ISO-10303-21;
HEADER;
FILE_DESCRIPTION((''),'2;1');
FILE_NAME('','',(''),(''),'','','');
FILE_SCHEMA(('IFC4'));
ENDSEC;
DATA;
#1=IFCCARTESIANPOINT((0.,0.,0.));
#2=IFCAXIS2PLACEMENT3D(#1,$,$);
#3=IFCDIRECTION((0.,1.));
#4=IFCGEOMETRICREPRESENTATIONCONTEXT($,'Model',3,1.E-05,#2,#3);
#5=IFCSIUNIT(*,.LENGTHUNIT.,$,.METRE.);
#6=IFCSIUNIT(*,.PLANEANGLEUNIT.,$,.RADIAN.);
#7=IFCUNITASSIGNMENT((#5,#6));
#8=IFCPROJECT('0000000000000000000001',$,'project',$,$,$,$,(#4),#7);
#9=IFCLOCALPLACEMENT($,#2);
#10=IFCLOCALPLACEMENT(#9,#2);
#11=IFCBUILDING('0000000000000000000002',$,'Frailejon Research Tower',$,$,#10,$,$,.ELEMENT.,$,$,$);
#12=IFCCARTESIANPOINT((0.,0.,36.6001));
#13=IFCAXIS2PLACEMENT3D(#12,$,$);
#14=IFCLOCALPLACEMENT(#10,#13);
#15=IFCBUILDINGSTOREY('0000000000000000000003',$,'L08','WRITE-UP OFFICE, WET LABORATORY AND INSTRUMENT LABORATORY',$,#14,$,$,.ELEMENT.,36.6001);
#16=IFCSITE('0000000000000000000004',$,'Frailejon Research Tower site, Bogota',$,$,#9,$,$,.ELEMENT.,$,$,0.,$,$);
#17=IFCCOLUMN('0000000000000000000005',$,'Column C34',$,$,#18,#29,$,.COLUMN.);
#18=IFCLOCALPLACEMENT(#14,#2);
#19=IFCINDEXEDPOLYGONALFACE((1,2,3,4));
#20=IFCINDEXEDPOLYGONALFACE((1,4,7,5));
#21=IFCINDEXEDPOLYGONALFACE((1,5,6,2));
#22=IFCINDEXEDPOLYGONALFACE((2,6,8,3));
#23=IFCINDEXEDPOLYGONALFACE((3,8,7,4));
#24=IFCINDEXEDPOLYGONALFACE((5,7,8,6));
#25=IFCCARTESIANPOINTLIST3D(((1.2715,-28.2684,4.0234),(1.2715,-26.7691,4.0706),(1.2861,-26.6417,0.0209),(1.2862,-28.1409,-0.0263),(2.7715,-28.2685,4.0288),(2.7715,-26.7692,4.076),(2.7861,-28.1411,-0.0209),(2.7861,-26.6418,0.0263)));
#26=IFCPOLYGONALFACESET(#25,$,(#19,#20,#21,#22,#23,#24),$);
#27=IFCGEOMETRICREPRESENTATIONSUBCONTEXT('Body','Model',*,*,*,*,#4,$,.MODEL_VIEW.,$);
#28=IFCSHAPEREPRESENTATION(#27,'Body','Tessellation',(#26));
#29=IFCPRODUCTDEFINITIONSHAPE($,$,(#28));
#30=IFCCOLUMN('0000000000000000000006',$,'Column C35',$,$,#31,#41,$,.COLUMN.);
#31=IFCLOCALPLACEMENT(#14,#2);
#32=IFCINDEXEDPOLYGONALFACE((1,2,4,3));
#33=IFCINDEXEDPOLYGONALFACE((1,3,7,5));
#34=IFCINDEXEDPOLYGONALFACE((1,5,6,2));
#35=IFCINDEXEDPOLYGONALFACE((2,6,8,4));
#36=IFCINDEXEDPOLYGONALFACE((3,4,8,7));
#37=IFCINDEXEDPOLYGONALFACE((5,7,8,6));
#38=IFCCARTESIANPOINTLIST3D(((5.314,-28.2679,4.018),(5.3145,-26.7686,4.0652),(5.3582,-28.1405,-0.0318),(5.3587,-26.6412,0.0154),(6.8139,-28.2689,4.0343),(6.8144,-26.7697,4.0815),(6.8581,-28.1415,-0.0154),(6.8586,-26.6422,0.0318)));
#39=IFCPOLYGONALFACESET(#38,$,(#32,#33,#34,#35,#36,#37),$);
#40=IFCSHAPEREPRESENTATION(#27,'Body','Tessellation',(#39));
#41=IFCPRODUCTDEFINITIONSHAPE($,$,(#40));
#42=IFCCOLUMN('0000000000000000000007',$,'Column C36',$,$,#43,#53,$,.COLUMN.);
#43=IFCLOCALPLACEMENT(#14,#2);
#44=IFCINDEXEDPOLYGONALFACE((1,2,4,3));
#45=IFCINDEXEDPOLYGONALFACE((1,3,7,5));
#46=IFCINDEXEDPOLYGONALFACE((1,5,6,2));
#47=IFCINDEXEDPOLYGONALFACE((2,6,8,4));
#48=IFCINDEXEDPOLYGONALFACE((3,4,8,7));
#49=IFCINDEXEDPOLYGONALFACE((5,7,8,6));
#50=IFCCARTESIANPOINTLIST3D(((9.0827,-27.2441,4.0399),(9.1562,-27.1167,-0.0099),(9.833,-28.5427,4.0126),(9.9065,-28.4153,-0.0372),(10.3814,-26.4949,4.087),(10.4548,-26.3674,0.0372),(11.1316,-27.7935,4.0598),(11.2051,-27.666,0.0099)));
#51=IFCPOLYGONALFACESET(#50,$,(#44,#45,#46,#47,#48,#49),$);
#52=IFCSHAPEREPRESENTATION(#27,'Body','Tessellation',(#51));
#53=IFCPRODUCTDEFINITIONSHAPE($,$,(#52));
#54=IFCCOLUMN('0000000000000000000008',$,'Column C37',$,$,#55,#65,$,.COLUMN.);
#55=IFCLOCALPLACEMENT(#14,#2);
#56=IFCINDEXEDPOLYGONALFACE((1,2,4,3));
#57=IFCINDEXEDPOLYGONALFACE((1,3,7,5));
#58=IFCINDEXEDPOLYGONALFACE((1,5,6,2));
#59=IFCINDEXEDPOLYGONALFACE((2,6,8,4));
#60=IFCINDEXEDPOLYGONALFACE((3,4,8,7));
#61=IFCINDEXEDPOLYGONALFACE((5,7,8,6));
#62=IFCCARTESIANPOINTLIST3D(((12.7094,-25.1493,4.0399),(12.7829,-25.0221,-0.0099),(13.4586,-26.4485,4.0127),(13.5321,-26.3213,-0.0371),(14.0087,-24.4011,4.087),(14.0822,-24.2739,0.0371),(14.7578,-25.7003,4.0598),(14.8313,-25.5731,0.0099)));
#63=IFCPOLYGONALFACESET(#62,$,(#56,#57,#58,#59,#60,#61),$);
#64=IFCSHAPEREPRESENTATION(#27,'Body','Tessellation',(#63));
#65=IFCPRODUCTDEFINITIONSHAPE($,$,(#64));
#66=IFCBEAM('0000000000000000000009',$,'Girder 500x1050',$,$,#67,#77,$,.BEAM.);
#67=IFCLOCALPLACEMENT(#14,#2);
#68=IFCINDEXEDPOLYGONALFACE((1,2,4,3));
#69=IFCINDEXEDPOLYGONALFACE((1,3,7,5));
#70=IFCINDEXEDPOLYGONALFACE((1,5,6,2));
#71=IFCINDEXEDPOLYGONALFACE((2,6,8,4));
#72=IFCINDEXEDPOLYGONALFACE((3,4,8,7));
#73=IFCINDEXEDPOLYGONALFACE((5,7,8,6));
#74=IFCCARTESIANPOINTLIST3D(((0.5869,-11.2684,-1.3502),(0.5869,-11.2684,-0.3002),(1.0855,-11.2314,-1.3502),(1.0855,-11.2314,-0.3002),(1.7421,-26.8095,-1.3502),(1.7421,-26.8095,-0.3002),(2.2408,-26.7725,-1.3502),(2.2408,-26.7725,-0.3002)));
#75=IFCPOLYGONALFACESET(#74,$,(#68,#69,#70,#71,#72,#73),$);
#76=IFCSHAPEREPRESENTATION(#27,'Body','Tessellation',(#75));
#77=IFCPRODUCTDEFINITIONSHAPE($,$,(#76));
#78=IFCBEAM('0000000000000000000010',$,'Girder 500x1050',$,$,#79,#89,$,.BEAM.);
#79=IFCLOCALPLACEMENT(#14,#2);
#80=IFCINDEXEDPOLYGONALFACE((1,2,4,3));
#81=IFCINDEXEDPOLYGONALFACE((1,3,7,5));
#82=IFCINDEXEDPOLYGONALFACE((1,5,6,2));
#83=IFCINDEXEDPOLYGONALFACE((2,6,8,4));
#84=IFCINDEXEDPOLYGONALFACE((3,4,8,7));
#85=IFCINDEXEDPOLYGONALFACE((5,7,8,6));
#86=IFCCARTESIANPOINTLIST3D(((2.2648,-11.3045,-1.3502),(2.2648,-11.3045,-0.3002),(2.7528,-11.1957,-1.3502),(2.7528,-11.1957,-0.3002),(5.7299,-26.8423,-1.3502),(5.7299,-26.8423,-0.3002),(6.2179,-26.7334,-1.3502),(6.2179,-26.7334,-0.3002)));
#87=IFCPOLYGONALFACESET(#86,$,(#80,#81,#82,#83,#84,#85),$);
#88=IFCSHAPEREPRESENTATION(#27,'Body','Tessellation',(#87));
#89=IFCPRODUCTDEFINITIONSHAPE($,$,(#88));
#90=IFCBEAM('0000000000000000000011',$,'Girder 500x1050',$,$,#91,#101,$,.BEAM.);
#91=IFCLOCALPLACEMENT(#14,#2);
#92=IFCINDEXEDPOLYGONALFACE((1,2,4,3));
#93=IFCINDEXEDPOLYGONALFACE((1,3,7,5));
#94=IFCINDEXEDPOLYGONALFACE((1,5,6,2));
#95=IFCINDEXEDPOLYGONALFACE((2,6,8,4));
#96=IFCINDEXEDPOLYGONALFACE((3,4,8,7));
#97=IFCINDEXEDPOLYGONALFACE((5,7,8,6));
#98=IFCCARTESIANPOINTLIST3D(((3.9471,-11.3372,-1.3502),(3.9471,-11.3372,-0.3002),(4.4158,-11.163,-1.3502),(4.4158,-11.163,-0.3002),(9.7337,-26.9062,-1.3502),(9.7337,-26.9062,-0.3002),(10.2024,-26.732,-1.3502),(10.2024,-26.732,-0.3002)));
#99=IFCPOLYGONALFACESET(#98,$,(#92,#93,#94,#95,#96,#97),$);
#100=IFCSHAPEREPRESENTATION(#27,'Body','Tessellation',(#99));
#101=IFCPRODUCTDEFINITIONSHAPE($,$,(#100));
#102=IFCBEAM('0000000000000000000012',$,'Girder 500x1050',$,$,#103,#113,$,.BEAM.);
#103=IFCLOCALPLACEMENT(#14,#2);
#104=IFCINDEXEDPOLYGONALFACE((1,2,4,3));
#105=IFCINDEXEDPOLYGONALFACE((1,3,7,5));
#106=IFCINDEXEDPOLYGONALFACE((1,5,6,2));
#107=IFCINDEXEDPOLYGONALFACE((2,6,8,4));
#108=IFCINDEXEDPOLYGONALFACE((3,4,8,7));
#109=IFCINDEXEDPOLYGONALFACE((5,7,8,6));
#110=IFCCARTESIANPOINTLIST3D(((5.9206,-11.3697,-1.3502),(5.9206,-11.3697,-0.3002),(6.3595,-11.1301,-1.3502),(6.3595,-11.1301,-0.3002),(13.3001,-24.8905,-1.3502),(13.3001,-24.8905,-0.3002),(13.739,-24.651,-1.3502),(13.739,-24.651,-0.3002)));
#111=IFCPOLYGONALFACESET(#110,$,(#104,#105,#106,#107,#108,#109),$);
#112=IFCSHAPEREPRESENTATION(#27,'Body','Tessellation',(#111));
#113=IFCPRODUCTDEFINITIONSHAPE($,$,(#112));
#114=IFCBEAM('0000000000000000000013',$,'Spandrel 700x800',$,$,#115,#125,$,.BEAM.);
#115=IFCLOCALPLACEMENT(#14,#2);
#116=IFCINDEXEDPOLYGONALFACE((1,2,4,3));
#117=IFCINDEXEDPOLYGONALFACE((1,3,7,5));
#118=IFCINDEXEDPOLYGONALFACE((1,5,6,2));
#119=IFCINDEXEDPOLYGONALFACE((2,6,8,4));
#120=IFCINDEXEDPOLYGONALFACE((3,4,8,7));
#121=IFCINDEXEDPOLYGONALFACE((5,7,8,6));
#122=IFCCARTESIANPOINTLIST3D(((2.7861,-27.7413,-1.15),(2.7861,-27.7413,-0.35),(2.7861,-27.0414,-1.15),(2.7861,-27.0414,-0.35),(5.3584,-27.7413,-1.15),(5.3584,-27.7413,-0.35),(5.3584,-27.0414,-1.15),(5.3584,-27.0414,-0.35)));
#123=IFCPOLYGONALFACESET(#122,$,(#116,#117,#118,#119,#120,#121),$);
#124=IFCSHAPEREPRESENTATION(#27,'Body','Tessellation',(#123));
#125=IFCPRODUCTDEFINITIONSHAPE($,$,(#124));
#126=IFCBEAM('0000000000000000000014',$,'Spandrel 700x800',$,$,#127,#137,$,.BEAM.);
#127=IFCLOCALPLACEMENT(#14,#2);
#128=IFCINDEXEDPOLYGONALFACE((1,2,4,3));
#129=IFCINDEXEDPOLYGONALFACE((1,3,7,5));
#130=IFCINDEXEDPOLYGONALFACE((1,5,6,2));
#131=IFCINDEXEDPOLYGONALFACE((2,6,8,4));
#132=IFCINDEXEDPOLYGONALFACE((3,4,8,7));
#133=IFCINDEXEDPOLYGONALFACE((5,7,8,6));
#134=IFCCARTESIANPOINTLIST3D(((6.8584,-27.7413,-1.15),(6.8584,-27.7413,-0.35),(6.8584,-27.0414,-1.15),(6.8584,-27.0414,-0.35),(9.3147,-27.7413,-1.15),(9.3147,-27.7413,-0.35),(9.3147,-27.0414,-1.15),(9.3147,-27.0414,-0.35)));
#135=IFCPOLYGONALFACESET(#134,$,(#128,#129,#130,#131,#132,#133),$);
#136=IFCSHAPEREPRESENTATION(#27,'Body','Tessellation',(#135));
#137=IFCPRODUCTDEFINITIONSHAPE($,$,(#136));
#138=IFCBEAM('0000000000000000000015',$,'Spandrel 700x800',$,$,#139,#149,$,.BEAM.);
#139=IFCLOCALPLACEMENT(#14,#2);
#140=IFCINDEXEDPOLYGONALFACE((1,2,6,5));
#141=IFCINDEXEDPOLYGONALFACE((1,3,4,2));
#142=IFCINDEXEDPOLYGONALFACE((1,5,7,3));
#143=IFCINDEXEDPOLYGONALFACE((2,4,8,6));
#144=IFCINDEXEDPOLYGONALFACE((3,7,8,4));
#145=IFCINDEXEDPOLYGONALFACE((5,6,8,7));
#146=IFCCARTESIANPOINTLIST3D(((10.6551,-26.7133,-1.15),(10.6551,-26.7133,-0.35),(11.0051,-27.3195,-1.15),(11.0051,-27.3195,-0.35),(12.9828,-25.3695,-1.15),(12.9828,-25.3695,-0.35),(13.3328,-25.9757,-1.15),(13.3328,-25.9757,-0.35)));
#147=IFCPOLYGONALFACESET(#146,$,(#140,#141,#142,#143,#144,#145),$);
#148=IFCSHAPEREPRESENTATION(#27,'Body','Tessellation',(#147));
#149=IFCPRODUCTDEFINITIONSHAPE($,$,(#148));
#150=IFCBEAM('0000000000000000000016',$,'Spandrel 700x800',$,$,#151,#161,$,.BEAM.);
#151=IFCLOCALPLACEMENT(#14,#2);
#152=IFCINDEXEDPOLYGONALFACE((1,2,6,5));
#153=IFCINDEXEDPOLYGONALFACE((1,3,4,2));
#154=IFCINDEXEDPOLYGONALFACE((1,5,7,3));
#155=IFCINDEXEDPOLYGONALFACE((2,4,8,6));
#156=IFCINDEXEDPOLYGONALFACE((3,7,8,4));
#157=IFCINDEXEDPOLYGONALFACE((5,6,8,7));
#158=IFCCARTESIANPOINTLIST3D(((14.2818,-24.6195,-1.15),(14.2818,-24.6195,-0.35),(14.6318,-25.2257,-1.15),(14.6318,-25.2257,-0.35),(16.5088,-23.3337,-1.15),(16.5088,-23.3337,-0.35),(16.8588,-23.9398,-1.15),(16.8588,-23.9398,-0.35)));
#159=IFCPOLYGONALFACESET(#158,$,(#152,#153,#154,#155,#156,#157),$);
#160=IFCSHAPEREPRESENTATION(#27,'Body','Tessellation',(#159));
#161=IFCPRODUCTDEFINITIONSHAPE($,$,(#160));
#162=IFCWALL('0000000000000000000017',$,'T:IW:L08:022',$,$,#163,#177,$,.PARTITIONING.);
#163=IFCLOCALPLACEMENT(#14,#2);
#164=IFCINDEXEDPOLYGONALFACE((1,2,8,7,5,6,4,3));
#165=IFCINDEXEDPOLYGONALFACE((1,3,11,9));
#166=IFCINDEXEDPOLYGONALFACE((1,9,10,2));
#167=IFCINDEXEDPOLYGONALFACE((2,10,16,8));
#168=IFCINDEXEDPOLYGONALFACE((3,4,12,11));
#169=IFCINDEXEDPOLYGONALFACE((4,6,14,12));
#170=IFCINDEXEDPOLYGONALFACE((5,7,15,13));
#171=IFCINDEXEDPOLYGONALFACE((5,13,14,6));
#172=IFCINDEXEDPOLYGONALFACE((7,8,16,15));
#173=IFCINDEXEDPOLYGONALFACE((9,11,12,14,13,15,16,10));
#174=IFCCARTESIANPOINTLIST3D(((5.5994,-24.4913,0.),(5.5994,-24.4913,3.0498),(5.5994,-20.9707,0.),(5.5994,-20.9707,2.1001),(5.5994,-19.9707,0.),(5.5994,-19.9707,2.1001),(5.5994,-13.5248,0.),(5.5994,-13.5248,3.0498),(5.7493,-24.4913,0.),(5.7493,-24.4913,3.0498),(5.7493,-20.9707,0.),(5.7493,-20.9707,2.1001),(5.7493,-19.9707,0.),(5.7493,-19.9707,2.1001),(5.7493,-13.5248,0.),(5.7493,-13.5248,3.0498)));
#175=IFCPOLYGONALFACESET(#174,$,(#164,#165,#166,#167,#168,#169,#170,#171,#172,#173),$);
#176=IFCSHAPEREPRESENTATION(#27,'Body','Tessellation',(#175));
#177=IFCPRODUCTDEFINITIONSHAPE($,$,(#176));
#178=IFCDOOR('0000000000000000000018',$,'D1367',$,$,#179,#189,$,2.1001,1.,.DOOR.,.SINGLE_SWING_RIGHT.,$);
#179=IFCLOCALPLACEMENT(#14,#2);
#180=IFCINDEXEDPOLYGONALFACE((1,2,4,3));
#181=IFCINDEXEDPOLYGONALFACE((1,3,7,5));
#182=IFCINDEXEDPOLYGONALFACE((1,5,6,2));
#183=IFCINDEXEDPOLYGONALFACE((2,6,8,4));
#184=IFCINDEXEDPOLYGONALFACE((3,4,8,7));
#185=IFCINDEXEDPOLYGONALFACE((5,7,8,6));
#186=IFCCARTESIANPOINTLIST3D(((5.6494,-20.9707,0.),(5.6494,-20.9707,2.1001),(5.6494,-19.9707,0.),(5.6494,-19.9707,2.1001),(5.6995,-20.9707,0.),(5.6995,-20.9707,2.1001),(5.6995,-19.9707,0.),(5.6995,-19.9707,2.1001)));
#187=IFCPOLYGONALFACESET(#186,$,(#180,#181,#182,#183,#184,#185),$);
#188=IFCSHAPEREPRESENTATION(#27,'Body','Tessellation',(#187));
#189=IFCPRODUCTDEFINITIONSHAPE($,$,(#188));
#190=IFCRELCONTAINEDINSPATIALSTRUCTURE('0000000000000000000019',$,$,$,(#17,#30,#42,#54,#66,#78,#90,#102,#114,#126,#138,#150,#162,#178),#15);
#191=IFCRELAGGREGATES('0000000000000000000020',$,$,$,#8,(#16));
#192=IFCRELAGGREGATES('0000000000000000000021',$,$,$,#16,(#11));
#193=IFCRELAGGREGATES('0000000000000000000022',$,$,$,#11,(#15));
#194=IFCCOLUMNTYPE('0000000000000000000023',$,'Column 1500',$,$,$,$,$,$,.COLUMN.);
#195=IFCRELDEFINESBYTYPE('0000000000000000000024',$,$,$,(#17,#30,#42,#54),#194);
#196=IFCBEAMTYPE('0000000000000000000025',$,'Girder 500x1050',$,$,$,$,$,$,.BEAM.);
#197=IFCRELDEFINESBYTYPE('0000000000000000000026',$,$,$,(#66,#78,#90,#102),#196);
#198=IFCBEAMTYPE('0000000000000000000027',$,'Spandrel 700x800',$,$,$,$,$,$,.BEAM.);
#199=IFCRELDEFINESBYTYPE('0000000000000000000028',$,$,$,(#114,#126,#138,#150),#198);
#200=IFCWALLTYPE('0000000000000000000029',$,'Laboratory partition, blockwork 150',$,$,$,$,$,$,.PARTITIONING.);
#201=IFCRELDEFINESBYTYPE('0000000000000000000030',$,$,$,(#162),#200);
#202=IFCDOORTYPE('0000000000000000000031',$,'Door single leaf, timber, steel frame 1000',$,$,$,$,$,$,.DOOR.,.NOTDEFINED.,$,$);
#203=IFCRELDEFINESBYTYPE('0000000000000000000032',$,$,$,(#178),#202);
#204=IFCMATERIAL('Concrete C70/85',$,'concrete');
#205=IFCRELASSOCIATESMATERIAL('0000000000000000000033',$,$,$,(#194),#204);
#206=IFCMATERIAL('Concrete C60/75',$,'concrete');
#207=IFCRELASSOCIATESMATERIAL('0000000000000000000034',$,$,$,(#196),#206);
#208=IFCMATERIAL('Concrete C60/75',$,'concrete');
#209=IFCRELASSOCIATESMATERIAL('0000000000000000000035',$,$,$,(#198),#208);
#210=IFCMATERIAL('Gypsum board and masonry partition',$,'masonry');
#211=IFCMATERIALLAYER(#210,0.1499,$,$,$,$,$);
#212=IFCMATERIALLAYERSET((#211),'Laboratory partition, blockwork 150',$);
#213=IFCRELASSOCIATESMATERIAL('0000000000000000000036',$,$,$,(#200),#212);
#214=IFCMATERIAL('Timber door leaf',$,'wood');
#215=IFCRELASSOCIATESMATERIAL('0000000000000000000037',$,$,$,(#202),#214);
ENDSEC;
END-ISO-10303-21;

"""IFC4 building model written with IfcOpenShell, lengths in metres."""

from ifc_helpers import new_model, si_unit, direction, frame, frame_2d, origin, origin_2d, place, context, subcontext, project, spatial, rectangle, extrude, material, layer, layer_set, material_profile, profile_set, type_object, element, fill, save


model = new_model("IFC4")

# Units and contexts
model_context = context("Model", 3, precision=1e-05, world=origin(), true_north=direction((0.0, 1.0)))
body_context = subcontext(model_context, "Body", "Model", "MODEL_VIEW")
ifc_project = project(units=[si_unit("LENGTHUNIT", "METRE"), si_unit("PLANEANGLEUNIT", "RADIAN")], contexts=[model_context])

# Site, building, storey
site_placement = place(None, origin())
site = spatial("IfcSite", under=ifc_project, at=site_placement, Name="Frailejon Research Tower site, Bogota", CompositionType="ELEMENT", RefElevation=0.0)
building_placement = place(site_placement, origin())
building = spatial("IfcBuilding", under=site, at=building_placement, Name="Frailejon Research Tower", CompositionType="ELEMENT")
storey_placement = place(building_placement, frame((0.0, 0.0, 36.6001)))
storey = spatial("IfcBuildingStorey", under=building, at=storey_placement, Name="L08", Description="WRITE-UP OFFICE, WET LABORATORY AND INSTRUMENT LABORATORY", CompositionType="ELEMENT", Elevation=36.6001)

# Columns
ifc_material_1 = material(Name="Concrete C70/85", Category="concrete")
ifc_material_profile_1 = material_profile(ifc_material_1, rectangle(XDim=1.5, YDim=1.5, at=origin_2d()), Name="Column 1500")
ifc_profile_set_1 = profile_set([ifc_material_profile_1], Name="Concrete C70/85")
column_type = type_object("IfcColumnType", Name="Column 1500", PredefinedType="COLUMN", material=ifc_profile_set_1)
column_1_placement = place(storey_placement, frame((2.0361, -27.3914, 0.0), z_axis=(-0.003615, -0.031453, 0.999499), x_axis=(0.999993, -0.000089, 0.003614)))
element("IfcColumn", 1, at=column_1_placement, inside=storey, type_object=column_type, Name="Column C34", PredefinedType="COLUMN", context=body_context, shape_type="SweptSolid", body=[
    extrude(rectangle(XDim=1.5, YDim=1.5, at=origin_2d()), origin(), (0.0, 0.0, 1.0), 4.0518),
])
column_2_placement = place(storey_placement, frame((6.1084, -27.3914, 0.0), z_axis=(-0.010905, -0.031451, 0.999446), x_axis=(0.99994, -0.000694, 0.010889)))
element("IfcColumn", 2, at=column_2_placement, inside=storey, type_object=column_type, Name="Column C35", PredefinedType="COLUMN", context=body_context, shape_type="SweptSolid", body=[
    extrude(rectangle(XDim=1.5, YDim=1.5, at=origin_2d()), origin(), (0.0, 0.0, 1.0), 4.052),
])
for number, where, z_axis, x_axis, name in (
    (3, (10.1807, -27.3914, 0.0), (-0.018134, -0.031448, 0.999341), (0.865741, 0.499505, 0.031428), "Column C36"),
    (4, (13.8071, -25.2976, 0.0), (-0.018134, -0.031388, 0.999343), (0.866156, 0.498787, 0.031383), "Column C37"),
):
    element("IfcColumn", number, at=place(storey_placement, frame(where, z_axis=z_axis, x_axis=x_axis)), inside=storey, type_object=column_type, Name=name, PredefinedType="COLUMN", context=body_context, shape_type="SweptSolid", body=[
        extrude(rectangle(XDim=1.5, YDim=1.5, at=origin_2d()), origin(), (0.0, 0.0, 1.0), 4.0525),
    ])

# Beams
ifc_material_2 = material(Name="Concrete C60/75", Category="concrete")
ifc_material_profile_2 = material_profile(ifc_material_2, rectangle(XDim=0.5, YDim=1.05, at=origin_2d()), Name="Girder 500x1050")
ifc_profile_set_2 = profile_set([ifc_material_profile_2], Name="Concrete C60/75")
beam_type_1 = type_object("IfcBeamType", Name="Girder 500x1050", PredefinedType="BEAM", material=ifc_profile_set_2)
beam_1_placement = place(storey_placement, frame((1.9915, -26.791, -0.8252), z_axis=(-0.074133, 0.997248, 0.0), x_axis=(-0.997248, -0.074133, 0.0)))
element("IfcBeam", 5, at=beam_1_placement, inside=storey, type_object=beam_type_1, Name="Girder 500x1050", PredefinedType="BEAM", context=body_context, shape_type="SweptSolid", body=[
    extrude(rectangle(XDim=0.5, YDim=1.05, at=origin_2d()), origin(), (0.0, 0.0, 1.0), 15.584),
])
beam_2_placement = place(storey_placement, frame((5.9739, -26.7878, -0.8252), z_axis=(-0.217663, 0.976024, 0.0), x_axis=(-0.976024, -0.217663, 0.0)))
element("IfcBeam", 6, at=beam_2_placement, inside=storey, type_object=beam_type_1, Name="Girder 500x1050", PredefinedType="BEAM", context=body_context, shape_type="SweptSolid", body=[
    extrude(rectangle(XDim=0.5, YDim=1.05, at=origin_2d()), origin(), (0.0, 0.0, 1.0), 15.9194),
])
beam_3_placement = place(storey_placement, frame((9.968, -26.8191, -0.8252), z_axis=(-0.348388, 0.93735, 0.0), x_axis=(-0.93735, -0.348388, 0.0)))
element("IfcBeam", 7, at=beam_3_placement, inside=storey, type_object=beam_type_1, Name="Girder 500x1050", PredefinedType="BEAM", context=body_context, shape_type="SweptSolid", body=[
    extrude(rectangle(XDim=0.5, YDim=1.05, at=origin_2d()), origin(), (0.0, 0.0, 1.0), 16.6096),
])
beam_4_placement = place(storey_placement, frame((13.5195, -24.7708, -0.8252), z_axis=(-0.479074, 0.877774, 0.0), x_axis=(-0.877774, -0.479074, 0.0)))
element("IfcBeam", 8, at=beam_4_placement, inside=storey, type_object=beam_type_1, Name="Girder 500x1050", PredefinedType="BEAM", context=body_context, shape_type="SweptSolid", body=[
    extrude(rectangle(XDim=0.5, YDim=1.05, at=origin_2d()), origin(), (0.0, 0.0, 1.0), 15.4036),
])
ifc_material_3 = material(Name="Concrete C60/75", Category="concrete")
ifc_material_profile_3 = material_profile(ifc_material_3, rectangle(XDim=0.7, YDim=0.8, at=origin_2d()), Name="Spandrel 700x800")
ifc_profile_set_3 = profile_set([ifc_material_profile_3], Name="Concrete C60/75")
beam_type_2 = type_object("IfcBeamType", Name="Spandrel 700x800", PredefinedType="BEAM", material=ifc_profile_set_3)
beam_5_placement = place(storey_placement, frame((2.7861, -27.3914, -0.75), z_axis=(1.0, 0.0, 0.0), x_axis=(0.0, 1.0, 0.0)))
element("IfcBeam", 9, at=beam_5_placement, inside=storey, type_object=beam_type_2, Name="Spandrel 700x800", PredefinedType="BEAM", context=body_context, shape_type="SweptSolid", body=[
    extrude(rectangle(XDim=0.7, YDim=0.8, at=origin_2d()), origin(), (0.0, 0.0, 1.0), 2.5723),
])
beam_6_placement = place(storey_placement, frame((6.8584, -27.3914, -0.75), z_axis=(1.0, 0.0, 0.0), x_axis=(0.0, 1.0, 0.0)))
element("IfcBeam", 10, at=beam_6_placement, inside=storey, type_object=beam_type_2, Name="Spandrel 700x800", PredefinedType="BEAM", context=body_context, shape_type="SweptSolid", body=[
    extrude(rectangle(XDim=0.7, YDim=0.8, at=origin_2d()), origin(), (0.0, 0.0, 1.0), 2.4563),
])
beam_7_placement = place(storey_placement, frame((10.8301, -27.0164, -0.75), z_axis=(0.866043, 0.499969, 0.0), x_axis=(-0.499969, 0.866043, 0.0)))
element("IfcBeam", 11, at=beam_7_placement, inside=storey, type_object=beam_type_2, Name="Spandrel 700x800", PredefinedType="BEAM", context=body_context, shape_type="SweptSolid", body=[
    extrude(rectangle(XDim=0.7, YDim=0.8, at=origin_2d()), origin(), (0.0, 0.0, 1.0), 2.6877),
])
beam_8_placement = place(storey_placement, frame((14.4568, -24.9226, -0.75), z_axis=(0.866009, 0.500029, 0.0), x_axis=(-0.500029, 0.866009, 0.0)))
element("IfcBeam", 12, at=beam_8_placement, inside=storey, type_object=beam_type_2, Name="Spandrel 700x800", PredefinedType="BEAM", context=body_context, shape_type="SweptSolid", body=[
    extrude(rectangle(XDim=0.7, YDim=0.8, at=origin_2d()), origin(), (0.0, 0.0, 1.0), 2.5715),
])

# Wall, opening, door
ifc_material_4 = material(Name="Gypsum board and masonry partition", Category="masonry")
ifc_layer_1 = layer(ifc_material_4, 0.1499)
ifc_layer_set_1 = layer_set([ifc_layer_1], Name="Laboratory partition, blockwork 150")
wall_type_1 = type_object("IfcWallType", Name="Laboratory partition, blockwork 150", PredefinedType="PARTITIONING", material=ifc_layer_set_1)
wall_1_placement = place(storey_placement, frame((5.6743, -24.4915, 0.0), z_axis=(0.0, 0.0, 1.0), x_axis=(0.0, 1.0, 0.0)))
wall_1 = element("IfcWall", 13, at=wall_1_placement, inside=storey, type_object=wall_type_1, Name="T:IW:L08:022", PredefinedType="PARTITIONING", context=body_context, shape_type="SweptSolid", body=[
    extrude(rectangle(XDim=10.9666, YDim=0.1499, at=frame_2d((5.4834, 0.0))), origin(), (0.0, 0.0, 1.0), 3.0498),
])
opening_1_placement = place(wall_1_placement, frame((3.5208, 0.0, 0.0)))
opening_1 = element("IfcOpeningElement", 14, at=opening_1_placement, cuts=wall_1, PredefinedType="OPENING", context=body_context, shape_type="SweptSolid", body=[
    extrude(rectangle(XDim=1.0, YDim=2.1001, at=frame_2d((0.5, 1.05))), frame((0.0, 0.085, 0.0), z_axis=(0.0, -1.0, 0.0), x_axis=(1.0, 0.0, 0.0)), (0.0, 0.0, 1.0), 0.1699),
])
ifc_material_5 = material(Name="Timber door leaf", Category="wood")
door_type = type_object("IfcDoorType", Name="Door single leaf, timber, steel frame 1000", OperationType="NOTDEFINED", PredefinedType="DOOR", material=ifc_material_5)
door_placement = place(opening_1_placement, origin())
door = element("IfcDoor", 15, at=door_placement, inside=storey, type_object=door_type, Name="D1367", OperationType="SINGLE_SWING_RIGHT", OverallHeight=2.1001, OverallWidth=1.0, PredefinedType="DOOR", context=body_context, shape_type="SweptSolid", body=[
    extrude(rectangle(XDim=1.0, YDim=2.1001, at=frame_2d((0.5, 1.05))), frame((0.0, 0.0249, 0.0), z_axis=(0.0, -1.0, 0.0), x_axis=(1.0, 0.0, 0.0)), (0.0, 0.0, 1.0), 0.05),
])
fill(opening_1, door)

save(model, "model.ifc")
